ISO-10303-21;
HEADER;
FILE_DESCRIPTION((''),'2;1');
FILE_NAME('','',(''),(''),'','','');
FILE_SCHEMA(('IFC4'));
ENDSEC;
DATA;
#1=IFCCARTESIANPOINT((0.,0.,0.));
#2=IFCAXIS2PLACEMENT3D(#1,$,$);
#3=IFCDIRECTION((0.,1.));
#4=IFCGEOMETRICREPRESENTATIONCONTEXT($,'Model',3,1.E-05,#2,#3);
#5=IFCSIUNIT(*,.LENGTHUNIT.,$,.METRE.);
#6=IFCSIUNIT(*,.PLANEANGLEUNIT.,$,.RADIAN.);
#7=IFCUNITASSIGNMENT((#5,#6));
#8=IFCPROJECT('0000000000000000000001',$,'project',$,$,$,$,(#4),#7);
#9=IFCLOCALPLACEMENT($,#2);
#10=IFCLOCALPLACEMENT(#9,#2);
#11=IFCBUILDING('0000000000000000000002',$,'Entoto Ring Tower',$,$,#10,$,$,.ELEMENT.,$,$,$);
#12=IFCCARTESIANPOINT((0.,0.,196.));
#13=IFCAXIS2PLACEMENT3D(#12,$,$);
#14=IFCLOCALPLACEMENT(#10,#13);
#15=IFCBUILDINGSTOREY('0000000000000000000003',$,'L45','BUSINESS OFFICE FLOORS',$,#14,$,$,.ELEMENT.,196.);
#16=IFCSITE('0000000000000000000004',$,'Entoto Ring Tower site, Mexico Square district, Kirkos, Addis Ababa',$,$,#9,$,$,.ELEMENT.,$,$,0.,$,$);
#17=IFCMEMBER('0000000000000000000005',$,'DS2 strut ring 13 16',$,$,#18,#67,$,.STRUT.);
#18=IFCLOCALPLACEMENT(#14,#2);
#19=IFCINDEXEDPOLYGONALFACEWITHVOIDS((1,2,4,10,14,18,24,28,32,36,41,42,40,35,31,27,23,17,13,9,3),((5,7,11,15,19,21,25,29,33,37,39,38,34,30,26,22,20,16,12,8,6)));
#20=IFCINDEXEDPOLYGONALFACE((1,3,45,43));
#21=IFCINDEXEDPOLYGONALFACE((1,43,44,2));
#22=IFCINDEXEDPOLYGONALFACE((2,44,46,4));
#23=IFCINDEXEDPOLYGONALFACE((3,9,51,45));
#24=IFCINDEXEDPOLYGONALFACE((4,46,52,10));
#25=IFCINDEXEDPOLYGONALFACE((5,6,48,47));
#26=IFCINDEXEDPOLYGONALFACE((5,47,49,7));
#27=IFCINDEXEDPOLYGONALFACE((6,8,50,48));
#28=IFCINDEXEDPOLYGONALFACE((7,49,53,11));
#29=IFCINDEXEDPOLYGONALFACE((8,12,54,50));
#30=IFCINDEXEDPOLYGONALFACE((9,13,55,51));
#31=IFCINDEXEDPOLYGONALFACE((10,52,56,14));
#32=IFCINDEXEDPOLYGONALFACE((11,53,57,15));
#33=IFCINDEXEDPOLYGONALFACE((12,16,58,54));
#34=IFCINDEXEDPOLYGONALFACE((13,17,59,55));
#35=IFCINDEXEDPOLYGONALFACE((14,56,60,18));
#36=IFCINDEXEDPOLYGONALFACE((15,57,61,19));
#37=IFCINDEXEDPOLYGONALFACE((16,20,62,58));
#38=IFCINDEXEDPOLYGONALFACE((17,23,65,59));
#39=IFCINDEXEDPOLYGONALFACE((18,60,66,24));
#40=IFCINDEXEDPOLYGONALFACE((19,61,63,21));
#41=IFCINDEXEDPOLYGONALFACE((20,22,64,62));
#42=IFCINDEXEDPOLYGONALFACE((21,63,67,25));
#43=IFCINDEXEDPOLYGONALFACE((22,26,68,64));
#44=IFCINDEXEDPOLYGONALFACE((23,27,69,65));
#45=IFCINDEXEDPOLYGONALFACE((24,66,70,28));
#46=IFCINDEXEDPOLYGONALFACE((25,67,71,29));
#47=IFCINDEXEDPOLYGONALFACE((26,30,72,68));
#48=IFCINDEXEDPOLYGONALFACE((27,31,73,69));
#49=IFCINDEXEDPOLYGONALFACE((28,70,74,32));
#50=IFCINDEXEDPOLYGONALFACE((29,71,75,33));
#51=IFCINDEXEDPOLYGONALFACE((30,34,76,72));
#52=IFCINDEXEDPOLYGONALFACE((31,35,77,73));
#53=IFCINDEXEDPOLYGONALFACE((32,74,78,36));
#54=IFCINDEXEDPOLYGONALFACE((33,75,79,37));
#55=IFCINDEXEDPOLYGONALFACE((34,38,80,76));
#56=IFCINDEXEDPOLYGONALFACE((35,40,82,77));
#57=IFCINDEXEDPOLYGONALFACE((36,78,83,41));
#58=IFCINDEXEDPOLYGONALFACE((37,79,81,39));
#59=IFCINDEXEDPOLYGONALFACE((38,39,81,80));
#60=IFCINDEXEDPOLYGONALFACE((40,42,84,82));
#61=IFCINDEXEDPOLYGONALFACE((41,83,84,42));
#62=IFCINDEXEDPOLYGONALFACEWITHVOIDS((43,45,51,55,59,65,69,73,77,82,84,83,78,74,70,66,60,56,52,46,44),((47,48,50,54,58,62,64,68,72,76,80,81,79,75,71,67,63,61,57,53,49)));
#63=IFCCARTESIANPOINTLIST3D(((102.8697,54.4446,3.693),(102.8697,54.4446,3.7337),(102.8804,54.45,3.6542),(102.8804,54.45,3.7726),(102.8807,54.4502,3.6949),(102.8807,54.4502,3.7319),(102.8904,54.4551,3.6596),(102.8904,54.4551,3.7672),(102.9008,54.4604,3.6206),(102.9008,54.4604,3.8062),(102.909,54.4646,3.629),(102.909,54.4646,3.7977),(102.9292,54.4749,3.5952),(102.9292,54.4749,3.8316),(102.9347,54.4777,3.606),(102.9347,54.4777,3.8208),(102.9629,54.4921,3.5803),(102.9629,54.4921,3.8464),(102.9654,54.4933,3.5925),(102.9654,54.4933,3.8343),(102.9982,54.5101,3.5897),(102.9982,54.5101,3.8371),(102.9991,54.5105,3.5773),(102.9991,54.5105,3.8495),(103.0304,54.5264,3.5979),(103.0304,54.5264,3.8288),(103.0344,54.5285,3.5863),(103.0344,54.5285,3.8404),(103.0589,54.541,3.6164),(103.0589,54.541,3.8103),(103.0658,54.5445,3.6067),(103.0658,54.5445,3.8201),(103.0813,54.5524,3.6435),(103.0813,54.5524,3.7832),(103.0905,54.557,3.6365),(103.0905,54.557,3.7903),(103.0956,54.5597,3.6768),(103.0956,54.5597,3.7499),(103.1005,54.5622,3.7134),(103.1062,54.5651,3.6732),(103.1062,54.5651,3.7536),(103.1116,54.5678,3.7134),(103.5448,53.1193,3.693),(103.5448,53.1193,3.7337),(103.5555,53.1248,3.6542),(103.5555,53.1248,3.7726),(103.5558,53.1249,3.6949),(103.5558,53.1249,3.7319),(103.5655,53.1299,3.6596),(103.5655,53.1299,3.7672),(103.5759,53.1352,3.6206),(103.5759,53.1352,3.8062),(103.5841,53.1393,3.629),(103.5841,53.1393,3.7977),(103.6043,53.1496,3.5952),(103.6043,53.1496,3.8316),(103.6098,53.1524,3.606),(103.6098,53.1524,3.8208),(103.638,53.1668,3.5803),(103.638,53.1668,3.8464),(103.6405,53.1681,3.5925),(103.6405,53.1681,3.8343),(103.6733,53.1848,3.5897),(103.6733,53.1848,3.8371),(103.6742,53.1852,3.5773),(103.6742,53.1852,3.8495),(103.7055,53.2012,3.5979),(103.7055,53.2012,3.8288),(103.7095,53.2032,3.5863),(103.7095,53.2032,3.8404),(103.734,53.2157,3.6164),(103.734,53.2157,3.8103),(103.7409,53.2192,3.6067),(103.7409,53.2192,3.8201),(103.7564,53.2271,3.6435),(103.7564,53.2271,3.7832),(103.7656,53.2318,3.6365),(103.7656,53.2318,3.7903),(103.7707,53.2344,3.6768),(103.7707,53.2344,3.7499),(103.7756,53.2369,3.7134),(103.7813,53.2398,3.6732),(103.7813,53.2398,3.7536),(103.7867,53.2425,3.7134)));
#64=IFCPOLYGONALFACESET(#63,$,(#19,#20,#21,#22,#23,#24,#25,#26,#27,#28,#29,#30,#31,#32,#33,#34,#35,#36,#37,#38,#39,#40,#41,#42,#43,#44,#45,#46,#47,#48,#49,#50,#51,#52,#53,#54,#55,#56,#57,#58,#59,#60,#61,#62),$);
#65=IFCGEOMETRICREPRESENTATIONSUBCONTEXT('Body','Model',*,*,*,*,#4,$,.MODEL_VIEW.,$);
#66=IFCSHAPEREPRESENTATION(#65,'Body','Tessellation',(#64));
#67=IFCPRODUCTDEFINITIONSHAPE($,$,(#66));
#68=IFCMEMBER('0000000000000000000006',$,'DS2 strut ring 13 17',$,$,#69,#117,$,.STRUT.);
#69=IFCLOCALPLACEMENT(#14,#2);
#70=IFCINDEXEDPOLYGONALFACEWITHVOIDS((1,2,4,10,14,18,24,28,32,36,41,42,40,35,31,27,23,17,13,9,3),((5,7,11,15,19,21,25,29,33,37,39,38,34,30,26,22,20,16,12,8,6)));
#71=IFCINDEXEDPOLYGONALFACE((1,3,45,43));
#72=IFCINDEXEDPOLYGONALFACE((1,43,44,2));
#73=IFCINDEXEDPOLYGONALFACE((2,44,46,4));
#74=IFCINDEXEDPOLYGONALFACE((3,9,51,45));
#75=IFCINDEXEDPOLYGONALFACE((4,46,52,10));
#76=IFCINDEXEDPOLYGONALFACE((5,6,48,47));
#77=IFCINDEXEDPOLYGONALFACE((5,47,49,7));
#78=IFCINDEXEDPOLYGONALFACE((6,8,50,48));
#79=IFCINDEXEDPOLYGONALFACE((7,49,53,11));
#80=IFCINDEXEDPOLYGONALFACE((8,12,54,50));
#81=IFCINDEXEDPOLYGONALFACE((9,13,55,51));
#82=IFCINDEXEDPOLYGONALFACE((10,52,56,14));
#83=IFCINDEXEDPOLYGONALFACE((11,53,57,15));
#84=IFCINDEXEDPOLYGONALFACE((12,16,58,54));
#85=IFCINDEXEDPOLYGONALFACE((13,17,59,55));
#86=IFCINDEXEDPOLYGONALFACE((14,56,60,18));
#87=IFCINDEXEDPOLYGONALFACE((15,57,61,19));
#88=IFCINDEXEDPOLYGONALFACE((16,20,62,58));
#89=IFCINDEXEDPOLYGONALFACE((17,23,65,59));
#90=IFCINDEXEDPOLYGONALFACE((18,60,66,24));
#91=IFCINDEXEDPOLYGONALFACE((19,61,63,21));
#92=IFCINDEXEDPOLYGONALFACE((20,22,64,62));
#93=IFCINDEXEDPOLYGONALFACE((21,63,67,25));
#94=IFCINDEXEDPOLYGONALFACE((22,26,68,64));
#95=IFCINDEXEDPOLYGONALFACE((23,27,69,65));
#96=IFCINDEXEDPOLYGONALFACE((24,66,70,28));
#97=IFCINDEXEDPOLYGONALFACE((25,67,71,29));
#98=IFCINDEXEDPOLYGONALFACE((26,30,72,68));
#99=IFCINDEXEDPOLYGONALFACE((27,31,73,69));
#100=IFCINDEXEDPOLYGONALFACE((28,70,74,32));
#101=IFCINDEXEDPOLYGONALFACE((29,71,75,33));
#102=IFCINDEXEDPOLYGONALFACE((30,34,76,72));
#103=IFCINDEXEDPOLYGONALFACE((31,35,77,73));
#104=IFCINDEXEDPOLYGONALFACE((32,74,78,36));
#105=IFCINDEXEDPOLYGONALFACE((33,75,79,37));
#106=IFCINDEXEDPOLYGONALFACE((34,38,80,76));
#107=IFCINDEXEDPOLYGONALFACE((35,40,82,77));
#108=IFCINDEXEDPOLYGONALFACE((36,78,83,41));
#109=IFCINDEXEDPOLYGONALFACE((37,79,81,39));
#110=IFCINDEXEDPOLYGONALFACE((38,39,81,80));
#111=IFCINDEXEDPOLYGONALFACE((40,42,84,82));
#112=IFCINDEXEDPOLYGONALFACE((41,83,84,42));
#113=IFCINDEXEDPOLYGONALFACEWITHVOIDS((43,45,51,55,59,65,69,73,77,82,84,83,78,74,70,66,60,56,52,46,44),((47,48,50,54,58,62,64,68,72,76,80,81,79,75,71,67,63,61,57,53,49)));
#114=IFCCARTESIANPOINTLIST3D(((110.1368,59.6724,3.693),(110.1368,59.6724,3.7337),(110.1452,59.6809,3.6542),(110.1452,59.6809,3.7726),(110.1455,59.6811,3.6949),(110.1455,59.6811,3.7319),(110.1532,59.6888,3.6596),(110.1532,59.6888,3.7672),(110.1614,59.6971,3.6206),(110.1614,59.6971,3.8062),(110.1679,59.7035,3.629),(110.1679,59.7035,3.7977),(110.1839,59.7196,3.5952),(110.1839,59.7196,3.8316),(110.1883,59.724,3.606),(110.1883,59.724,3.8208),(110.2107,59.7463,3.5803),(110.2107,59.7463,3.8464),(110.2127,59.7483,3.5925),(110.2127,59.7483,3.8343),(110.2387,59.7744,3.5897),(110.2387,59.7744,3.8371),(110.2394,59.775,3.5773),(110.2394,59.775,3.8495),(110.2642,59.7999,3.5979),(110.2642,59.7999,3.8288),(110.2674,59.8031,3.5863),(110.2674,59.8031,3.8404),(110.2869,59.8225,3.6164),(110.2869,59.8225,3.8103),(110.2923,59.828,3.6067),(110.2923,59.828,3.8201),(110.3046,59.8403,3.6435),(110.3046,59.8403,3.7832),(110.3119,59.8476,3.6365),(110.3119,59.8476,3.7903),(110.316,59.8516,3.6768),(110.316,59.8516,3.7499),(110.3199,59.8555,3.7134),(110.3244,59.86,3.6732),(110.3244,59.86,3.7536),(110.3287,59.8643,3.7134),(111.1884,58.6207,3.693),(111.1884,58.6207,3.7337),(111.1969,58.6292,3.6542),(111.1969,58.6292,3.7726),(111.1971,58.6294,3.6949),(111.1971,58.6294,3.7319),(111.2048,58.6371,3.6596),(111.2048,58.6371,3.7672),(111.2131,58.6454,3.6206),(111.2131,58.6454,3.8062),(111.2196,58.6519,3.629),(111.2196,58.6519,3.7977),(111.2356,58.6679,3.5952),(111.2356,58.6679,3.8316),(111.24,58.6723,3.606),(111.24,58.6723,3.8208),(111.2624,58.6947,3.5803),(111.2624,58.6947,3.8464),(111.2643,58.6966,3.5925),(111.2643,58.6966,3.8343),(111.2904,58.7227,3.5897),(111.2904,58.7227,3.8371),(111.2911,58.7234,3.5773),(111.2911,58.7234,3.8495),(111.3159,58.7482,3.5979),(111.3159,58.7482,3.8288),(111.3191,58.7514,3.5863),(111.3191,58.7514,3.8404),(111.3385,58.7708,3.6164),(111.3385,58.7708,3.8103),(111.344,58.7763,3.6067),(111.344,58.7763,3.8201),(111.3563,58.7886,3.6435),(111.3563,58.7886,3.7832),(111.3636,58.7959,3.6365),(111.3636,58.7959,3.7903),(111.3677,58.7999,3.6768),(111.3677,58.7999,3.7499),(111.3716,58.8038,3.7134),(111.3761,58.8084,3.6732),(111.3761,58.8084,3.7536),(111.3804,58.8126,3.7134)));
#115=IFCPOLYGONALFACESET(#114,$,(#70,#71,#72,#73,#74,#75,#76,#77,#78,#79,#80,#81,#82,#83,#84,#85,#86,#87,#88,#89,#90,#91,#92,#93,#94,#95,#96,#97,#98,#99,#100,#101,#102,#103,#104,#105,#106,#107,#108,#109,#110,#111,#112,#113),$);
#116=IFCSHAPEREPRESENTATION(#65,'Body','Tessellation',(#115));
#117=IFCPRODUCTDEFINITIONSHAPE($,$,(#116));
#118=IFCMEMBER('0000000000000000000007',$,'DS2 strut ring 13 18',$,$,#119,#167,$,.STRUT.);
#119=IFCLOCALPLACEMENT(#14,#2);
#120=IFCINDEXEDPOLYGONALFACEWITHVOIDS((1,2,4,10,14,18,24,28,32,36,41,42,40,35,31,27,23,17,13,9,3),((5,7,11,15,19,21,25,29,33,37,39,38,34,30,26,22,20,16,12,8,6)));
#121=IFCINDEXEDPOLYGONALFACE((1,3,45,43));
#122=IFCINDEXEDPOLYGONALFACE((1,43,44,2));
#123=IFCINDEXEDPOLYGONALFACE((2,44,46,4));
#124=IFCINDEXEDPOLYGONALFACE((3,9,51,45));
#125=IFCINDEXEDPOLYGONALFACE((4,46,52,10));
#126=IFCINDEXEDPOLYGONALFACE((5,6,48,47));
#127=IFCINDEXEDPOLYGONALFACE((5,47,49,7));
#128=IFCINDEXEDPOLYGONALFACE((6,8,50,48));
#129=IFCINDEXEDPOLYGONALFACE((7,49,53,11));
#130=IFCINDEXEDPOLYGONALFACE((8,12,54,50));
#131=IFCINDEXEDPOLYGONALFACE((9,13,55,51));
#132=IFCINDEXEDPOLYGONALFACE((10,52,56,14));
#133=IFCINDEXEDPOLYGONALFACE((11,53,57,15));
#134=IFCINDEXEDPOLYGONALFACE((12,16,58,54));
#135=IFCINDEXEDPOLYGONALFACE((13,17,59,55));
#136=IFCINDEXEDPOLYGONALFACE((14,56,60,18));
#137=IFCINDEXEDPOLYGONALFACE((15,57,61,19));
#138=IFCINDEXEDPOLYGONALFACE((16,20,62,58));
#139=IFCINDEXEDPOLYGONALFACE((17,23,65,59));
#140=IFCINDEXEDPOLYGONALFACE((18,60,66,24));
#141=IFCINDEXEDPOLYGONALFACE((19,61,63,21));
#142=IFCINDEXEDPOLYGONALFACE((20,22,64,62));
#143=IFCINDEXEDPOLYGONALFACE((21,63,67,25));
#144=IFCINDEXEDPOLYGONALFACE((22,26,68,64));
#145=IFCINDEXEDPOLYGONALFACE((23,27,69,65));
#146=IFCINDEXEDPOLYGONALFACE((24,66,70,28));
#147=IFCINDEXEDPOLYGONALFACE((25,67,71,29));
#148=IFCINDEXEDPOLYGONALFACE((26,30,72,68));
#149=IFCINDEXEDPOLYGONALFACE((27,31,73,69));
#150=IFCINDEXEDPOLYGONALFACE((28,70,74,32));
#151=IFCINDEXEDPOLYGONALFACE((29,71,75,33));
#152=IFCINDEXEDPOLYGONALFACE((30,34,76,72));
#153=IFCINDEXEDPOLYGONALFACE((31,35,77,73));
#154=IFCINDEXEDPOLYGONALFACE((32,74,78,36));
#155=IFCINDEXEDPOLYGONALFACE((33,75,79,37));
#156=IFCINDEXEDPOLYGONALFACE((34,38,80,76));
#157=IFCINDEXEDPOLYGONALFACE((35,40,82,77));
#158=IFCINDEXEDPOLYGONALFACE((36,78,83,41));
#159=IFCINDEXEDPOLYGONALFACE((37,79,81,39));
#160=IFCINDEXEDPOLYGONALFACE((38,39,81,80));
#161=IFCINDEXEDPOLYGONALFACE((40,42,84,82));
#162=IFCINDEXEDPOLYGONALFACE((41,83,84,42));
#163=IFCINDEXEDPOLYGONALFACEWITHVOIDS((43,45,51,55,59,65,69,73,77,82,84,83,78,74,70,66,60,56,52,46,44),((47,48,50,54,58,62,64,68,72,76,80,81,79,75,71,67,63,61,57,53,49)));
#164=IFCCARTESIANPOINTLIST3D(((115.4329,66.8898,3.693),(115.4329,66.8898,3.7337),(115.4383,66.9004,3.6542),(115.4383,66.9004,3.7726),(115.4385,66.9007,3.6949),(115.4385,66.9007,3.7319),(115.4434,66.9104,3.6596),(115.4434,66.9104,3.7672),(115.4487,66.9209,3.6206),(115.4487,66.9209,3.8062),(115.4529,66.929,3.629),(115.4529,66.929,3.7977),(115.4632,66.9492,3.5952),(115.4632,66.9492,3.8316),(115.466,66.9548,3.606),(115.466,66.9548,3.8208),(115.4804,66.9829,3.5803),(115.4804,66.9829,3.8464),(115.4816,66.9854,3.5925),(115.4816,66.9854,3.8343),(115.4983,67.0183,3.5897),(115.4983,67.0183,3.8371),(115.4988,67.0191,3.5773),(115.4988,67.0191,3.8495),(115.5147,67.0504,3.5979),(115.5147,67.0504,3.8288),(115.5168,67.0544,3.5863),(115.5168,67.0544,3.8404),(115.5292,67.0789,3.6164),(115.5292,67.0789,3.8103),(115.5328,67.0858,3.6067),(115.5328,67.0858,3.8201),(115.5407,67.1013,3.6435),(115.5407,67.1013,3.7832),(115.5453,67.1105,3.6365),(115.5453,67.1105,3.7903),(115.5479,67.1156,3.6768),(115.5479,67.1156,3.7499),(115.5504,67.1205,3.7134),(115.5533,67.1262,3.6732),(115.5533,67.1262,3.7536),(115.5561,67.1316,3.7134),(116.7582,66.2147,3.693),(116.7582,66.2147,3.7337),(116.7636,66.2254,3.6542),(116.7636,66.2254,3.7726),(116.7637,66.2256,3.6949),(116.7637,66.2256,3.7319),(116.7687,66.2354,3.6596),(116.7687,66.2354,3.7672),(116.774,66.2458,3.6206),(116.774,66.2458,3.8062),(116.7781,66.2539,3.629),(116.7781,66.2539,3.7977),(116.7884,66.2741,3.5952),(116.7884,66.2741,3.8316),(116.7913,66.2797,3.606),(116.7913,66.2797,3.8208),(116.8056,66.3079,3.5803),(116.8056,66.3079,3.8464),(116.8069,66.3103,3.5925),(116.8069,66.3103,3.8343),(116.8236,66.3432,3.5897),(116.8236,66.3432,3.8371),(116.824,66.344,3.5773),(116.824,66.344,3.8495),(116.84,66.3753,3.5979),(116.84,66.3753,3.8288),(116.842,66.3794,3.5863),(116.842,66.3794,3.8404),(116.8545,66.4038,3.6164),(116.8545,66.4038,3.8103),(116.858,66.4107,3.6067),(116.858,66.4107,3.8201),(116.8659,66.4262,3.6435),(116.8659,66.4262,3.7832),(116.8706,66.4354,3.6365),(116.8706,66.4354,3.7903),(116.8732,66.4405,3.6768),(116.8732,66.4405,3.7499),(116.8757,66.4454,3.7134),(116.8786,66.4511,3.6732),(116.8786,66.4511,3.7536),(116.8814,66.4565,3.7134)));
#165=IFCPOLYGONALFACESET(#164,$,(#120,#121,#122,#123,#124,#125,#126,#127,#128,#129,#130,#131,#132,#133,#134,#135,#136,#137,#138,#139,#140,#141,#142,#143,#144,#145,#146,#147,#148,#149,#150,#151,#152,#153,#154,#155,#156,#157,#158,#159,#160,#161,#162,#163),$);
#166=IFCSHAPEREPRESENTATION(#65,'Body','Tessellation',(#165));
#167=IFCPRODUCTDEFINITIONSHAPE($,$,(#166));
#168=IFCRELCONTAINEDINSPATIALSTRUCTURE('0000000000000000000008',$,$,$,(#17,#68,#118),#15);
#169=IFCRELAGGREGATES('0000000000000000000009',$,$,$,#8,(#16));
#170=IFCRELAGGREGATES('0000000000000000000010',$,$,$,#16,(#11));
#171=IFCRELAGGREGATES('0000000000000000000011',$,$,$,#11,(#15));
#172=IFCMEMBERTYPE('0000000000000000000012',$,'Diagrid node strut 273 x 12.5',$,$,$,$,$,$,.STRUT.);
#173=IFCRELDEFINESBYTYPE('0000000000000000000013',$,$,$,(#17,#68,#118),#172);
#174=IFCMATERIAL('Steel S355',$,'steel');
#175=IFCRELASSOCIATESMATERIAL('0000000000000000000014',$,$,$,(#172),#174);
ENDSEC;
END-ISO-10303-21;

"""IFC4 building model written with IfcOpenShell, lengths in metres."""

from ifc_helpers import new_model, si_unit, direction, frame, origin, origin_2d, place, context, subcontext, project, spatial, circle, hollow_circle, extrude, material, material_profile, profile_set, type_object, element, save


model = new_model("IFC4")

# Units and contexts
model_context = context("Model", 3, precision=1e-05, world=origin(), true_north=direction((0.0, 1.0)))
body_context = subcontext(model_context, "Body", "Model", "MODEL_VIEW")
ifc_project = project(units=[si_unit("LENGTHUNIT", "METRE"), si_unit("PLANEANGLEUNIT", "RADIAN")], contexts=[model_context])

# Site, building, storey
site_placement = place(None, origin())
site = spatial("IfcSite", under=ifc_project, at=site_placement, Name="Entoto Ring Tower site, Mexico Square district, Kirkos, Addis Ababa", CompositionType="ELEMENT", RefElevation=0.0)
building_placement = place(site_placement, origin())
building = spatial("IfcBuilding", under=site, at=building_placement, Name="Entoto Ring Tower", CompositionType="ELEMENT")
storey_placement = place(building_placement, frame((0.0, 0.0, 196.0)))
storey = spatial("IfcBuildingStorey", under=building, at=storey_placement, Name="L45", Description="BUSINESS OFFICE FLOORS", CompositionType="ELEMENT", Elevation=196.0)

# Members
ifc_material_1 = material(Name="Steel S355", Category="steel")
ifc_material_profile_1 = material_profile(ifc_material_1, hollow_circle(Radius=0.1365, WallThickness=0.0125, at=origin_2d()), Name="CHS 273 x 12.5")
ifc_material_2 = material(Name="Concrete C60/75", Category="concrete")
ifc_material_profile_2 = material_profile(ifc_material_2, circle(Radius=0.124, at=origin_2d()), Name="Concrete C60/75 infill")
ifc_profile_set_1 = profile_set([ifc_material_profile_1, ifc_material_profile_2], Name="Steel S355")
member_type = type_object("IfcMemberType", Name="Diagrid node strut 273 x 12.5", PredefinedType="STRUT", material=ifc_profile_set_1)
for number, where, z_axis, x_axis, name in (
    (1, (102.99, 54.5059, 3.7134), (0.453899, -0.891053, 0.0), (0.891053, 0.453899, 0.0), "DS2 strut ring 13 16"),
    (2, (110.2322, 59.7678, 3.7134), (0.707107, -0.707107, 0.0), (0.707107, 0.707107, 0.0), "DS2 strut ring 13 17"),
    (3, (115.4941, 67.01, 3.7134), (0.891053, -0.453899, 0.0), (0.453899, 0.891053, 0.0), "DS2 strut ring 13 18"),
):
    element("IfcMember", number, at=place(storey_placement, frame(where, z_axis=z_axis, x_axis=x_axis)), inside=storey, type_object=member_type, Name=name, PredefinedType="STRUT", context=body_context, shape_type="SweptSolid", body=[
        extrude(hollow_circle(Radius=0.1365, WallThickness=0.0125, at=origin_2d()), origin(), (0.0, 0.0, 1.0), 1.4873),
    ])

save(model, "model.ifc")
